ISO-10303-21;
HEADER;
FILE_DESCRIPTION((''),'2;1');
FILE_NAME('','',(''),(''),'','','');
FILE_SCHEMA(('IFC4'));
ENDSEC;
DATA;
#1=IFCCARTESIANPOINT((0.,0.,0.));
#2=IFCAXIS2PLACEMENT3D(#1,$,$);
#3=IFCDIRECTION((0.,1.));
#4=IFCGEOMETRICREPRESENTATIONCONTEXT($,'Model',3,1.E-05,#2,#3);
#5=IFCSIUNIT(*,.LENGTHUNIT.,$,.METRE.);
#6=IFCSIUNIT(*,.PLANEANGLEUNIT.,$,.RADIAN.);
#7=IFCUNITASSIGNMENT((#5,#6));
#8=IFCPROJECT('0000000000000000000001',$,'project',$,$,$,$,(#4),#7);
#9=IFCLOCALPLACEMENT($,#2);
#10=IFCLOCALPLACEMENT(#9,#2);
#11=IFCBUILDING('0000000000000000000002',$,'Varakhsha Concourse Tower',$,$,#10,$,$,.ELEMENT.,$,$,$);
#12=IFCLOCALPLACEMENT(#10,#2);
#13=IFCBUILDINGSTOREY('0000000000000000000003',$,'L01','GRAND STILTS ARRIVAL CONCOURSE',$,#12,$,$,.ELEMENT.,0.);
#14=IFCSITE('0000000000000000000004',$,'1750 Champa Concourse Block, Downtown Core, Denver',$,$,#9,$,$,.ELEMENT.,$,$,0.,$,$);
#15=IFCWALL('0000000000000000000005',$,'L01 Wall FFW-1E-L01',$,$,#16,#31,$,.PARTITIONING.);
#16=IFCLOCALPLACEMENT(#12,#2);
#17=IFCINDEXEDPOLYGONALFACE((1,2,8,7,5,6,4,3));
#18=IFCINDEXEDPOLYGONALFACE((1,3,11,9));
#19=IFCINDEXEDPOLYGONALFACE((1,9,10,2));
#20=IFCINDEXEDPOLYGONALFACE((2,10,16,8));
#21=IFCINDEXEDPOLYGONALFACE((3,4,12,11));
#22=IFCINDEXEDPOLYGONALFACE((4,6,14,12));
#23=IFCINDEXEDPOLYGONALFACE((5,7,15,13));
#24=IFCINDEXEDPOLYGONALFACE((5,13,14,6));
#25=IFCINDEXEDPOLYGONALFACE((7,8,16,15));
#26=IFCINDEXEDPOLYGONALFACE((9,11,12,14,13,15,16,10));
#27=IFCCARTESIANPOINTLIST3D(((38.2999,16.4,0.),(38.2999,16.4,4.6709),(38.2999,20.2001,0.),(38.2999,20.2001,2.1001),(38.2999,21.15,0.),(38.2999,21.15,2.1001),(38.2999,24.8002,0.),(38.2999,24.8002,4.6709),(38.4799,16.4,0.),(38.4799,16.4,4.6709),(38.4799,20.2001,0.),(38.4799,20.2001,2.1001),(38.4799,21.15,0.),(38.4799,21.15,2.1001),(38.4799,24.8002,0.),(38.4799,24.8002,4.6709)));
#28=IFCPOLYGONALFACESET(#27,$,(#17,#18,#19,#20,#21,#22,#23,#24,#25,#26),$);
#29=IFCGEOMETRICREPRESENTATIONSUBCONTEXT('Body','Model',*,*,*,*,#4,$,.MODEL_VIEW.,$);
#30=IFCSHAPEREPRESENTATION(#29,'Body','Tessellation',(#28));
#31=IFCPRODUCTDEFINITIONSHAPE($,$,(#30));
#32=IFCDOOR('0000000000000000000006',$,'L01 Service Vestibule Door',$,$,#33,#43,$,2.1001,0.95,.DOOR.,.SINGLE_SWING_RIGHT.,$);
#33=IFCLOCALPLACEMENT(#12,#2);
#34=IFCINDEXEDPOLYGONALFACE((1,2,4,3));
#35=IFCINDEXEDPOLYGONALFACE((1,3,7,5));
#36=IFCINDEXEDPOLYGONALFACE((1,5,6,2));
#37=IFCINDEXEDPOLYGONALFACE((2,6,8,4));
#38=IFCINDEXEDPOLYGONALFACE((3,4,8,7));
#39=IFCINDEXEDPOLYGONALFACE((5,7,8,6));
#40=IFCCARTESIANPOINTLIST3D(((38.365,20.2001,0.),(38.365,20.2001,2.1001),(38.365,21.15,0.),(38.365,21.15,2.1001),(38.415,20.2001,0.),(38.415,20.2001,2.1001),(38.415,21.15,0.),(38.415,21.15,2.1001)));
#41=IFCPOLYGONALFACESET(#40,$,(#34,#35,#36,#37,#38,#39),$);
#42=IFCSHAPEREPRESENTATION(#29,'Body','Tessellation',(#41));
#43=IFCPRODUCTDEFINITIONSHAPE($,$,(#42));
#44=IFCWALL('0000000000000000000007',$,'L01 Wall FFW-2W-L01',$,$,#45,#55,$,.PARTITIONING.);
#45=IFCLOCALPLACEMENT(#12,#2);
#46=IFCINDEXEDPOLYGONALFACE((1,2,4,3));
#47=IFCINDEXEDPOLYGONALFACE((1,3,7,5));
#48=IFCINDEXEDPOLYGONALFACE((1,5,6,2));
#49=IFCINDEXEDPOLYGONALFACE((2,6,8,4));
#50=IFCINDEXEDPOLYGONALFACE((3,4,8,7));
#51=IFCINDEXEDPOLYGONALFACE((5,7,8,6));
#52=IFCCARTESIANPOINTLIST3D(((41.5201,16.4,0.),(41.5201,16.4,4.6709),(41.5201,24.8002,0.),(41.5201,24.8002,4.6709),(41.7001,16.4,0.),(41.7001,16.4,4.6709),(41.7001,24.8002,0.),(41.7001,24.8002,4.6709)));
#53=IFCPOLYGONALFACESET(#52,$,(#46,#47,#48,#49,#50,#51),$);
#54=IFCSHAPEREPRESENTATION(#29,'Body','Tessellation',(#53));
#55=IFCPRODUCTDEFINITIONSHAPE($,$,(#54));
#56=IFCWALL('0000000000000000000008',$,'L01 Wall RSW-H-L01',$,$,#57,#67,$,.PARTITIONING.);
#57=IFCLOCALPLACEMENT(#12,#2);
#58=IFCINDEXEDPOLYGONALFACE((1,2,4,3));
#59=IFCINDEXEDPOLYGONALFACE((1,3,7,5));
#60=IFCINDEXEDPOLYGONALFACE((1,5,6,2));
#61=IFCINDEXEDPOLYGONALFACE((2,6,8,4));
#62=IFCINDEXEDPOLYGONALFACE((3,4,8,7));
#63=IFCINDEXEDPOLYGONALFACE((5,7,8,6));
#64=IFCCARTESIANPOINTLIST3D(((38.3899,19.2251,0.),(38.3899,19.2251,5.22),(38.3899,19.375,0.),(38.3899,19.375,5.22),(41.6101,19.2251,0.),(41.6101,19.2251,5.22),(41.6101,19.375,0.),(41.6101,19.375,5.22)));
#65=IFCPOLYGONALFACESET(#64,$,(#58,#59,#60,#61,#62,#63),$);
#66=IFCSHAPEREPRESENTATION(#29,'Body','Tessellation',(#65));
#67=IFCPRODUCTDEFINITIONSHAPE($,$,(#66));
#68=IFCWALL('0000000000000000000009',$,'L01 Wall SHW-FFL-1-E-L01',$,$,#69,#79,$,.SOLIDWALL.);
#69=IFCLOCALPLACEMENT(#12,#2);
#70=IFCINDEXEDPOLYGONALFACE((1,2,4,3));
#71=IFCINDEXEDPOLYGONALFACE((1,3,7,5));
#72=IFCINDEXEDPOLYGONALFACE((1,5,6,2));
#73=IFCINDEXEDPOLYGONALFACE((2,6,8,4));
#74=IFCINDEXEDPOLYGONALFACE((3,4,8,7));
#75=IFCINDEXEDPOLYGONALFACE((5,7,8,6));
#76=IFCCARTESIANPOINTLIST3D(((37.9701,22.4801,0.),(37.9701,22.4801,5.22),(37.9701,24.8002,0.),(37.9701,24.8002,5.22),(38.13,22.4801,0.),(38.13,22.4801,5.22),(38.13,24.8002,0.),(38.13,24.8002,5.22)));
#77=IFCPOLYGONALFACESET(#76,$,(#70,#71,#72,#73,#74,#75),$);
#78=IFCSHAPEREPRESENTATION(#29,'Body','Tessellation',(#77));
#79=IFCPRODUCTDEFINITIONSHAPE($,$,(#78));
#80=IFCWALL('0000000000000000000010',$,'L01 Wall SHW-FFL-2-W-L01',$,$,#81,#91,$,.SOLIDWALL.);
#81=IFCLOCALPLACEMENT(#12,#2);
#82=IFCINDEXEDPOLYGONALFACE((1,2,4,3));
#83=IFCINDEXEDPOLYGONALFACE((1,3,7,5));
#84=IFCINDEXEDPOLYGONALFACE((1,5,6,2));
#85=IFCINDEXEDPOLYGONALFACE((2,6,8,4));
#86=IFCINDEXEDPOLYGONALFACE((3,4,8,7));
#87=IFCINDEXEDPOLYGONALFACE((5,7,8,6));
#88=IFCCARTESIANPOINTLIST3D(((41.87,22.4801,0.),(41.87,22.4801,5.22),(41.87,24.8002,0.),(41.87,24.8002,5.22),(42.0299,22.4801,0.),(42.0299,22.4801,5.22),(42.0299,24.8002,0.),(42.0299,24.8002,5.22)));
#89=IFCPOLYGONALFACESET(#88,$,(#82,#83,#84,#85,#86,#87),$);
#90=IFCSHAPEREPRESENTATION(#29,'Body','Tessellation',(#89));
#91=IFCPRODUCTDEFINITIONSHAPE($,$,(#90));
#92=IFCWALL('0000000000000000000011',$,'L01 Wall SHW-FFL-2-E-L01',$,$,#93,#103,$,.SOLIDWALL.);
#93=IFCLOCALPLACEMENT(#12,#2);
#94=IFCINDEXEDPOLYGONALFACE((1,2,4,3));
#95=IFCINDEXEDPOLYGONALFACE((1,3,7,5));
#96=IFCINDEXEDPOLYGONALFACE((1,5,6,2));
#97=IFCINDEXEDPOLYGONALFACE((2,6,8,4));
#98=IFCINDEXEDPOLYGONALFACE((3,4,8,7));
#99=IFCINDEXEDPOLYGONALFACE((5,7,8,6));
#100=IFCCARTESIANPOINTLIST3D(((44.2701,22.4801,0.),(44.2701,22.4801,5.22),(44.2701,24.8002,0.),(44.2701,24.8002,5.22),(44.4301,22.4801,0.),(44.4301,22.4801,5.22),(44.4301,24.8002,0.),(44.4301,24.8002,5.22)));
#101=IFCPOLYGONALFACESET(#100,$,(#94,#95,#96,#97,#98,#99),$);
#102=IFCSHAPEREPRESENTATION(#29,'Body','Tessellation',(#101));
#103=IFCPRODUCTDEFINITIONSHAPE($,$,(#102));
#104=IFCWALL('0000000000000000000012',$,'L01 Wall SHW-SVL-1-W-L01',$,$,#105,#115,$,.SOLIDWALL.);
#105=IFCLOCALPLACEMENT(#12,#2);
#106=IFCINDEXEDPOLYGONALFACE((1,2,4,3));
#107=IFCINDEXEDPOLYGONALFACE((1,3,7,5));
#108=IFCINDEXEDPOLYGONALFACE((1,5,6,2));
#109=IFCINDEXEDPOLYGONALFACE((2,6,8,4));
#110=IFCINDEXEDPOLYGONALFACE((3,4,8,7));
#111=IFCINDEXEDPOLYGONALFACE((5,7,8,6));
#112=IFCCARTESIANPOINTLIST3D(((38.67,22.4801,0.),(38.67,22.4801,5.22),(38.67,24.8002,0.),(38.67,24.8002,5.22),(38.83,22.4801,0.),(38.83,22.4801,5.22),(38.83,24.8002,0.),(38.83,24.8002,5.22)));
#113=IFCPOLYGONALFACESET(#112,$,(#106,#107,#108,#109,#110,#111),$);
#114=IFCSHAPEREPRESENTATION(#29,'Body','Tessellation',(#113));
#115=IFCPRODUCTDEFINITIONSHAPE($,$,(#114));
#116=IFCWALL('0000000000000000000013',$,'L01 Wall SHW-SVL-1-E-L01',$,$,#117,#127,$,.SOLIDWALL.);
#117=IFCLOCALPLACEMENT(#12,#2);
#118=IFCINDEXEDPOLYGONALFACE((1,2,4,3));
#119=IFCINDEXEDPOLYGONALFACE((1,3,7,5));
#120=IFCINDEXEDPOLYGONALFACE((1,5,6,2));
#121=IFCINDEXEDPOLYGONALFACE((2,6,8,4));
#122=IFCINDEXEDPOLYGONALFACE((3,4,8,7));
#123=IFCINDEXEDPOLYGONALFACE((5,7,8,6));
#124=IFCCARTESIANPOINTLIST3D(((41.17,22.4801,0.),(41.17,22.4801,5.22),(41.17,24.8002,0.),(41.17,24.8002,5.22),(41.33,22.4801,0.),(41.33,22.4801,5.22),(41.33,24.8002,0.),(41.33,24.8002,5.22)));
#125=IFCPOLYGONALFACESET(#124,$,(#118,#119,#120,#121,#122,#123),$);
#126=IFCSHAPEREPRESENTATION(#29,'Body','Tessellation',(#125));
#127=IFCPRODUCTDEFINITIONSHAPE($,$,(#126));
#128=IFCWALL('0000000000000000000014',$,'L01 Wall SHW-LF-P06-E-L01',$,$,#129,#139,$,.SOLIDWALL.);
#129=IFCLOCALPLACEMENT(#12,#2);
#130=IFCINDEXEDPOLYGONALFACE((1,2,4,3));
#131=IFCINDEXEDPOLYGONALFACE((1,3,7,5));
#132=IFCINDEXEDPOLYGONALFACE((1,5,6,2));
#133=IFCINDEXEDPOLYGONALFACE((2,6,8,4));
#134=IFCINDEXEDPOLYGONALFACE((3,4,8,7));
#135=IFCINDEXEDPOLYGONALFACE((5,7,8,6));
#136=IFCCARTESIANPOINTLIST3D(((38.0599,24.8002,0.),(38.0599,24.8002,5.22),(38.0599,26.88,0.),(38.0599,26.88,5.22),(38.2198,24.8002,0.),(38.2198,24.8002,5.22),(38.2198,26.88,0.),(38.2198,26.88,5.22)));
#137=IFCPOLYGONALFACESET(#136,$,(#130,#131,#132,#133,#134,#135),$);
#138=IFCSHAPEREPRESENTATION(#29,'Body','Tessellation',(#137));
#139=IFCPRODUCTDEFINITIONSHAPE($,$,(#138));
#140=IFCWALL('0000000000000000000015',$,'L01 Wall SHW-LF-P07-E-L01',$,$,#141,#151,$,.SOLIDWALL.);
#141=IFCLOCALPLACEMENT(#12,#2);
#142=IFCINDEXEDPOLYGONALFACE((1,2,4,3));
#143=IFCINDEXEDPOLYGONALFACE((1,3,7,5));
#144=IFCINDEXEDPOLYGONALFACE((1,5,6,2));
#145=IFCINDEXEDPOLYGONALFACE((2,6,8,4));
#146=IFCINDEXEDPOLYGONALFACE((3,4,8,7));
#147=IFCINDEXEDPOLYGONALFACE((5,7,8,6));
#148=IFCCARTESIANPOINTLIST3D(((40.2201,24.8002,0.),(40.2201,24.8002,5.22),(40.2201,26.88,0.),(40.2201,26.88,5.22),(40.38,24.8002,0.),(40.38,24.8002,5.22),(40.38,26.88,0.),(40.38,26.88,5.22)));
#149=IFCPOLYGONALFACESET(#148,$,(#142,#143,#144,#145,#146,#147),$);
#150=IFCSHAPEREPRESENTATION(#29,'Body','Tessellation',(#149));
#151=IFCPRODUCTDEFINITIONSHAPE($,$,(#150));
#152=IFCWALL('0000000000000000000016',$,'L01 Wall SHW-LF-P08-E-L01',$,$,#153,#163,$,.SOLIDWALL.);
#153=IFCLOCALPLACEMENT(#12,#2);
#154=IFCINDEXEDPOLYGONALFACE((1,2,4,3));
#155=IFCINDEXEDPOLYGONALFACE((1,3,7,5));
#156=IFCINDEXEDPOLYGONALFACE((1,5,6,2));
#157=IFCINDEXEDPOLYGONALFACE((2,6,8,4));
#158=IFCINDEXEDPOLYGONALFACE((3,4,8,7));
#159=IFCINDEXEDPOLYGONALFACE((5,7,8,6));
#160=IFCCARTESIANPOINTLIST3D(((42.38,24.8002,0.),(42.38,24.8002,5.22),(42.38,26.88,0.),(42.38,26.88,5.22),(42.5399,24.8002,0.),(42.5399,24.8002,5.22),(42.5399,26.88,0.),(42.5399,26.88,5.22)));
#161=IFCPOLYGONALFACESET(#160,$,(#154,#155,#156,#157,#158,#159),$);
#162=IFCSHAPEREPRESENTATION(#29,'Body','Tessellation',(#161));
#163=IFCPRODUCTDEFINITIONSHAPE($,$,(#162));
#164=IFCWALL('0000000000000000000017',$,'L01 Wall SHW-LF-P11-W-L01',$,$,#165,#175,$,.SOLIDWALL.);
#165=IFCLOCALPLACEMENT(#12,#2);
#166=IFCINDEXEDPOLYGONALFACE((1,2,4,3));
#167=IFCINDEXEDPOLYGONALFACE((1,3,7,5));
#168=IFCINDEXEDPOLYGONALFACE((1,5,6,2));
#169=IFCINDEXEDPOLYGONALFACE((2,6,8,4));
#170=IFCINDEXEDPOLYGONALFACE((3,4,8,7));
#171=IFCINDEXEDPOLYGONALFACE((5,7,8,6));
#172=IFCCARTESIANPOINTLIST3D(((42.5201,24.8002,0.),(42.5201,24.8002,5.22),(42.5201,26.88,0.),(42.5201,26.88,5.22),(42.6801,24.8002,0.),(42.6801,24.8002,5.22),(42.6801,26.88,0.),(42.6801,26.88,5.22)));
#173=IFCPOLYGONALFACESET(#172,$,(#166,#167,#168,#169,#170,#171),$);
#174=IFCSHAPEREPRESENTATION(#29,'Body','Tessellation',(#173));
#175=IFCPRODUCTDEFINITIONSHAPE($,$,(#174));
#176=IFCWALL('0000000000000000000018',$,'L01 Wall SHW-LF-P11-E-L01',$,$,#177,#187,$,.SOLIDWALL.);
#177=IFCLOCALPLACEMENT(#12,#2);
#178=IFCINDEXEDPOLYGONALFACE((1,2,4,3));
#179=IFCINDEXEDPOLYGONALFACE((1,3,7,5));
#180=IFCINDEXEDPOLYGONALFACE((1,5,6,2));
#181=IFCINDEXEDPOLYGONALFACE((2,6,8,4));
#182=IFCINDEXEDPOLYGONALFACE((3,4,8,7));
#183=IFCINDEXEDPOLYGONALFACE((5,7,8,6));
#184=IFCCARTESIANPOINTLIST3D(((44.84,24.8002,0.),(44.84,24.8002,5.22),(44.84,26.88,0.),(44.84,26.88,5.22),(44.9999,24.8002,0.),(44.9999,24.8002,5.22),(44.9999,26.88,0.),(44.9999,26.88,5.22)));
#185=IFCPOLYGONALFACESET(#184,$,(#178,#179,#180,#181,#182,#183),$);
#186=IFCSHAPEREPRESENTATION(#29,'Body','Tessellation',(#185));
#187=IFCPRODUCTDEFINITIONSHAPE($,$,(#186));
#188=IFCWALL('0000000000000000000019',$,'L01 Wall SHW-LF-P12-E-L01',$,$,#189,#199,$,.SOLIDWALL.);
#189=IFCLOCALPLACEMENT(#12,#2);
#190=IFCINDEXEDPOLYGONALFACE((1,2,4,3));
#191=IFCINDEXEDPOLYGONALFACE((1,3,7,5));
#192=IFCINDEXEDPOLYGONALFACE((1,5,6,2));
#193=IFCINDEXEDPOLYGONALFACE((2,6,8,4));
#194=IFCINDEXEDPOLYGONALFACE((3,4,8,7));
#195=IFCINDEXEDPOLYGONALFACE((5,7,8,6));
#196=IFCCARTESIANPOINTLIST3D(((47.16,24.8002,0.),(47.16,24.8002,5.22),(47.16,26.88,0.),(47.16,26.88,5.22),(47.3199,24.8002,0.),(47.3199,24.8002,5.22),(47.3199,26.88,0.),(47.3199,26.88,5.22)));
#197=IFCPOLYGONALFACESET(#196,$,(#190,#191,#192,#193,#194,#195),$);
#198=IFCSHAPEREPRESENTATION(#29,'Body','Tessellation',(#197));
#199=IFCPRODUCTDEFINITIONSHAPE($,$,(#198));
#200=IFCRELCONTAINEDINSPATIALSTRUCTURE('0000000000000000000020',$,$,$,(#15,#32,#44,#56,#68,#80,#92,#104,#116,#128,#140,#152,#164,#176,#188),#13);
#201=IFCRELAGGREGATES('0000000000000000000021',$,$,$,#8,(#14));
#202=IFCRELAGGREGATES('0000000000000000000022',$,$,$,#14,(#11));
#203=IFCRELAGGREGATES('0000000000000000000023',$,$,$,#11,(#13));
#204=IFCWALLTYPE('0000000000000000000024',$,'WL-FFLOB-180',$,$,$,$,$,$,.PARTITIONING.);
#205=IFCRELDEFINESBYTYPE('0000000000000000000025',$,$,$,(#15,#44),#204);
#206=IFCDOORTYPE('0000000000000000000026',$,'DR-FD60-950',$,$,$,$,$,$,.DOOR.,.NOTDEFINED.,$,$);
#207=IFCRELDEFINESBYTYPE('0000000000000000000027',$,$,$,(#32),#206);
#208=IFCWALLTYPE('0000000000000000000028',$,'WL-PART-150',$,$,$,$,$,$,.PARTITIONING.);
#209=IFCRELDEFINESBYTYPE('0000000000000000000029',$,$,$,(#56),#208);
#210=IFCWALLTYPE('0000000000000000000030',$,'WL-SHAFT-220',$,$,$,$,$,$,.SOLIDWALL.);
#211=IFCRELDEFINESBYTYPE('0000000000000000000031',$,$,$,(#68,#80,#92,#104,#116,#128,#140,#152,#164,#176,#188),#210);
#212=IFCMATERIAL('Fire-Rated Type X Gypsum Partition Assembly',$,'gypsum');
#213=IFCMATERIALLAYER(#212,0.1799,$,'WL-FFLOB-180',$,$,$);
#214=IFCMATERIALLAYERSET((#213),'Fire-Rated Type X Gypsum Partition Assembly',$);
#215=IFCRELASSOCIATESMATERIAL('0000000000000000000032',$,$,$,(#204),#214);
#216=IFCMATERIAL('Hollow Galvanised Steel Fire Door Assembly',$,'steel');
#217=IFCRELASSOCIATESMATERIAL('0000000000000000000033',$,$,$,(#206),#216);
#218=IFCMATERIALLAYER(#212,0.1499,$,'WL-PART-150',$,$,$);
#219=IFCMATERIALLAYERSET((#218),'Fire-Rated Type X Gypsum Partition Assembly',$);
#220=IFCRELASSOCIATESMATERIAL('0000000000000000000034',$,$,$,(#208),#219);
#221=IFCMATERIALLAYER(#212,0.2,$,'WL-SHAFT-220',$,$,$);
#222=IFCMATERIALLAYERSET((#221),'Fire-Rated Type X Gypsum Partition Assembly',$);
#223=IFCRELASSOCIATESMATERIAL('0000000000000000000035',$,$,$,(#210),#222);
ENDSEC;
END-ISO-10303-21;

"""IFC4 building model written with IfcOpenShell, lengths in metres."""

from ifc_helpers import new_model, si_unit, direction, frame, frame_2d, origin, place, context, subcontext, project, spatial, rectangle, extrude, material, layer, layer_set, type_object, element, fill, save


model = new_model("IFC4")

# Units and contexts
model_context = context("Model", 3, precision=1e-05, world=origin(), true_north=direction((0.0, 1.0)))
body_context = subcontext(model_context, "Body", "Model", "MODEL_VIEW")
ifc_project = project(units=[si_unit("LENGTHUNIT", "METRE"), si_unit("PLANEANGLEUNIT", "RADIAN")], contexts=[model_context])

# Site, building, storey
site_placement = place(None, origin())
site = spatial("IfcSite", under=ifc_project, at=site_placement, Name="1750 Champa Concourse Block, Downtown Core, Denver", CompositionType="ELEMENT", RefElevation=0.0)
building_placement = place(site_placement, origin())
building = spatial("IfcBuilding", under=site, at=building_placement, Name="Varakhsha Concourse Tower", CompositionType="ELEMENT")
storey_placement = place(building_placement, origin())
storey = spatial("IfcBuildingStorey", under=building, at=storey_placement, Name="L01", Description="GRAND STILTS ARRIVAL CONCOURSE", CompositionType="ELEMENT", Elevation=0.0)

# Wall, opening, door
ifc_material_1 = material(Name="Fire-Rated Type X Gypsum Partition Assembly", Category="gypsum")
ifc_layer_1 = layer(ifc_material_1, 0.1799, Name="WL-FFLOB-180")
ifc_layer_set_1 = layer_set([ifc_layer_1], Name="Fire-Rated Type X Gypsum Partition Assembly")
wall_type_1 = type_object("IfcWallType", Name="WL-FFLOB-180", PredefinedType="PARTITIONING", material=ifc_layer_set_1)
wall_1_placement = place(storey_placement, frame((38.3899, 16.3999, 0.0), z_axis=(0.0, 0.0, 1.0), x_axis=(0.0, 1.0, 0.0)))
wall_1 = element("IfcWall", 1, at=wall_1_placement, inside=storey, type_object=wall_type_1, Name="L01 Wall FFW-1E-L01", PredefinedType="PARTITIONING", context=body_context, shape_type="SweptSolid", body=[
    extrude(rectangle(XDim=8.4001, YDim=0.1799, at=frame_2d((4.2002, 0.0))), origin(), (0.0, 0.0, 1.0), 4.6709),
])
opening_1_placement = place(wall_1_placement, frame((3.8, 0.0, 0.0)))
opening_1 = element("IfcOpeningElement", 2, at=opening_1_placement, cuts=wall_1, PredefinedType="OPENING", context=body_context, shape_type="SweptSolid", body=[
    extrude(rectangle(XDim=0.95, YDim=2.1001, at=frame_2d((0.4751, 1.05))), frame((0.0, 0.0999, 0.0), z_axis=(0.0, -1.0, 0.0), x_axis=(1.0, 0.0, 0.0)), (0.0, 0.0, 1.0), 0.2),
])
ifc_material_2 = material(Name="Hollow Galvanised Steel Fire Door Assembly", Category="steel")
door_type_1 = type_object("IfcDoorType", Name="DR-FD60-950", OperationType="NOTDEFINED", PredefinedType="DOOR", material=ifc_material_2)
door_1_placement = place(opening_1_placement, origin())
door_1 = element("IfcDoor", 3, at=door_1_placement, inside=storey, type_object=door_type_1, Name="L01 Service Vestibule Door", OperationType="SINGLE_SWING_RIGHT", OverallHeight=2.1001, OverallWidth=0.95, PredefinedType="DOOR", context=body_context, shape_type="SweptSolid", body=[
    extrude(rectangle(XDim=0.95, YDim=2.1001, at=frame_2d((0.4751, 1.05))), frame((0.0, 0.0249, 0.0), z_axis=(0.0, -1.0, 0.0), x_axis=(1.0, 0.0, 0.0)), (0.0, 0.0, 1.0), 0.05),
])
fill(opening_1, door_1)

# Walls
wall_2_placement = place(storey_placement, frame((41.6101, 16.3999, 0.0), z_axis=(0.0, 0.0, 1.0), x_axis=(0.0, 1.0, 0.0)))
element("IfcWall", 4, at=wall_2_placement, inside=storey, type_object=wall_type_1, Name="L01 Wall FFW-2W-L01", PredefinedType="PARTITIONING", context=body_context, shape_type="SweptSolid", body=[
    extrude(rectangle(XDim=8.4001, YDim=0.1799, at=frame_2d((4.2002, 0.0))), origin(), (0.0, 0.0, 1.0), 4.6709),
])
ifc_layer_2 = layer(ifc_material_1, 0.1499, Name="WL-PART-150")
ifc_layer_set_2 = layer_set([ifc_layer_2], Name="Fire-Rated Type X Gypsum Partition Assembly")
wall_type_2 = type_object("IfcWallType", Name="WL-PART-150", PredefinedType="PARTITIONING", material=ifc_layer_set_2)
wall_3_placement = place(storey_placement, frame((38.3899, 19.3, 0.0), z_axis=(0.0, 0.0, 1.0), x_axis=(1.0, 0.0, 0.0)))
element("IfcWall", 5, at=wall_3_placement, inside=storey, type_object=wall_type_2, Name="L01 Wall RSW-H-L01", PredefinedType="PARTITIONING", context=body_context, shape_type="SweptSolid", body=[
    extrude(rectangle(XDim=3.2202, YDim=0.1499, at=frame_2d((1.6101, 0.0))), origin(), (0.0, 0.0, 1.0), 5.22),
])
ifc_layer_3 = layer(ifc_material_1, 0.2, Name="WL-SHAFT-220")
ifc_layer_set_3 = layer_set([ifc_layer_3], Name="Fire-Rated Type X Gypsum Partition Assembly")
wall_type_3 = type_object("IfcWallType", Name="WL-SHAFT-220", PredefinedType="SOLIDWALL", material=ifc_layer_set_3)
for number, where, z_axis, x_axis, name in (
    (6, (38.05, 22.48, 0.0), (0.0, 0.0, 1.0), (0.0, 1.0, 0.0), "L01 Wall SHW-FFL-1-E-L01"),
    (7, (41.95, 22.48, 0.0), (0.0, 0.0, 1.0), (0.0, 1.0, 0.0), "L01 Wall SHW-FFL-2-W-L01"),
    (8, (44.3501, 22.48, 0.0), (0.0, 0.0, 1.0), (0.0, 1.0, 0.0), "L01 Wall SHW-FFL-2-E-L01"),
    (9, (38.75, 22.48, 0.0), (0.0, 0.0, 1.0), (0.0, 1.0, 0.0), "L01 Wall SHW-SVL-1-W-L01"),
    (10, (41.25, 22.48, 0.0), (0.0, 0.0, 1.0), (0.0, 1.0, 0.0), "L01 Wall SHW-SVL-1-E-L01"),
):
    element("IfcWall", number, at=place(storey_placement, frame(where, z_axis=z_axis, x_axis=x_axis)), inside=storey, type_object=wall_type_3, Name=name, PredefinedType="SOLIDWALL", context=body_context, shape_type="SweptSolid", body=[
        extrude(rectangle(XDim=2.3201, YDim=0.1599, at=frame_2d((1.1602, 0.0))), origin(), (0.0, 0.0, 1.0), 5.22),
    ])
for number, where, z_axis, x_axis, name in (
    (11, (38.1399, 24.8, 0.0), (0.0, 0.0, 1.0), (0.0, 1.0, 0.0), "L01 Wall SHW-LF-P06-E-L01"),
    (12, (40.3, 24.8, 0.0), (0.0, 0.0, 1.0), (0.0, 1.0, 0.0), "L01 Wall SHW-LF-P07-E-L01"),
    (13, (42.46, 24.8, 0.0), (0.0, 0.0, 1.0), (0.0, 1.0, 0.0), "L01 Wall SHW-LF-P08-E-L01"),
    (14, (42.6001, 24.8, 0.0), (0.0, 0.0, 1.0), (0.0, 1.0, 0.0), "L01 Wall SHW-LF-P11-W-L01"),
    (15, (44.9199, 24.8, 0.0), (0.0, 0.0, 1.0), (0.0, 1.0, 0.0), "L01 Wall SHW-LF-P11-E-L01"),
    (16, (47.24, 24.8, 0.0), (0.0, 0.0, 1.0), (0.0, 1.0, 0.0), "L01 Wall SHW-LF-P12-E-L01"),
):
    element("IfcWall", number, at=place(storey_placement, frame(where, z_axis=z_axis, x_axis=x_axis)), inside=storey, type_object=wall_type_3, Name=name, PredefinedType="SOLIDWALL", context=body_context, shape_type="SweptSolid", body=[
        extrude(rectangle(XDim=2.0798, YDim=0.1599, at=frame_2d((1.04, 0.0))), origin(), (0.0, 0.0, 1.0), 5.22),
    ])

save(model, "model.ifc")
